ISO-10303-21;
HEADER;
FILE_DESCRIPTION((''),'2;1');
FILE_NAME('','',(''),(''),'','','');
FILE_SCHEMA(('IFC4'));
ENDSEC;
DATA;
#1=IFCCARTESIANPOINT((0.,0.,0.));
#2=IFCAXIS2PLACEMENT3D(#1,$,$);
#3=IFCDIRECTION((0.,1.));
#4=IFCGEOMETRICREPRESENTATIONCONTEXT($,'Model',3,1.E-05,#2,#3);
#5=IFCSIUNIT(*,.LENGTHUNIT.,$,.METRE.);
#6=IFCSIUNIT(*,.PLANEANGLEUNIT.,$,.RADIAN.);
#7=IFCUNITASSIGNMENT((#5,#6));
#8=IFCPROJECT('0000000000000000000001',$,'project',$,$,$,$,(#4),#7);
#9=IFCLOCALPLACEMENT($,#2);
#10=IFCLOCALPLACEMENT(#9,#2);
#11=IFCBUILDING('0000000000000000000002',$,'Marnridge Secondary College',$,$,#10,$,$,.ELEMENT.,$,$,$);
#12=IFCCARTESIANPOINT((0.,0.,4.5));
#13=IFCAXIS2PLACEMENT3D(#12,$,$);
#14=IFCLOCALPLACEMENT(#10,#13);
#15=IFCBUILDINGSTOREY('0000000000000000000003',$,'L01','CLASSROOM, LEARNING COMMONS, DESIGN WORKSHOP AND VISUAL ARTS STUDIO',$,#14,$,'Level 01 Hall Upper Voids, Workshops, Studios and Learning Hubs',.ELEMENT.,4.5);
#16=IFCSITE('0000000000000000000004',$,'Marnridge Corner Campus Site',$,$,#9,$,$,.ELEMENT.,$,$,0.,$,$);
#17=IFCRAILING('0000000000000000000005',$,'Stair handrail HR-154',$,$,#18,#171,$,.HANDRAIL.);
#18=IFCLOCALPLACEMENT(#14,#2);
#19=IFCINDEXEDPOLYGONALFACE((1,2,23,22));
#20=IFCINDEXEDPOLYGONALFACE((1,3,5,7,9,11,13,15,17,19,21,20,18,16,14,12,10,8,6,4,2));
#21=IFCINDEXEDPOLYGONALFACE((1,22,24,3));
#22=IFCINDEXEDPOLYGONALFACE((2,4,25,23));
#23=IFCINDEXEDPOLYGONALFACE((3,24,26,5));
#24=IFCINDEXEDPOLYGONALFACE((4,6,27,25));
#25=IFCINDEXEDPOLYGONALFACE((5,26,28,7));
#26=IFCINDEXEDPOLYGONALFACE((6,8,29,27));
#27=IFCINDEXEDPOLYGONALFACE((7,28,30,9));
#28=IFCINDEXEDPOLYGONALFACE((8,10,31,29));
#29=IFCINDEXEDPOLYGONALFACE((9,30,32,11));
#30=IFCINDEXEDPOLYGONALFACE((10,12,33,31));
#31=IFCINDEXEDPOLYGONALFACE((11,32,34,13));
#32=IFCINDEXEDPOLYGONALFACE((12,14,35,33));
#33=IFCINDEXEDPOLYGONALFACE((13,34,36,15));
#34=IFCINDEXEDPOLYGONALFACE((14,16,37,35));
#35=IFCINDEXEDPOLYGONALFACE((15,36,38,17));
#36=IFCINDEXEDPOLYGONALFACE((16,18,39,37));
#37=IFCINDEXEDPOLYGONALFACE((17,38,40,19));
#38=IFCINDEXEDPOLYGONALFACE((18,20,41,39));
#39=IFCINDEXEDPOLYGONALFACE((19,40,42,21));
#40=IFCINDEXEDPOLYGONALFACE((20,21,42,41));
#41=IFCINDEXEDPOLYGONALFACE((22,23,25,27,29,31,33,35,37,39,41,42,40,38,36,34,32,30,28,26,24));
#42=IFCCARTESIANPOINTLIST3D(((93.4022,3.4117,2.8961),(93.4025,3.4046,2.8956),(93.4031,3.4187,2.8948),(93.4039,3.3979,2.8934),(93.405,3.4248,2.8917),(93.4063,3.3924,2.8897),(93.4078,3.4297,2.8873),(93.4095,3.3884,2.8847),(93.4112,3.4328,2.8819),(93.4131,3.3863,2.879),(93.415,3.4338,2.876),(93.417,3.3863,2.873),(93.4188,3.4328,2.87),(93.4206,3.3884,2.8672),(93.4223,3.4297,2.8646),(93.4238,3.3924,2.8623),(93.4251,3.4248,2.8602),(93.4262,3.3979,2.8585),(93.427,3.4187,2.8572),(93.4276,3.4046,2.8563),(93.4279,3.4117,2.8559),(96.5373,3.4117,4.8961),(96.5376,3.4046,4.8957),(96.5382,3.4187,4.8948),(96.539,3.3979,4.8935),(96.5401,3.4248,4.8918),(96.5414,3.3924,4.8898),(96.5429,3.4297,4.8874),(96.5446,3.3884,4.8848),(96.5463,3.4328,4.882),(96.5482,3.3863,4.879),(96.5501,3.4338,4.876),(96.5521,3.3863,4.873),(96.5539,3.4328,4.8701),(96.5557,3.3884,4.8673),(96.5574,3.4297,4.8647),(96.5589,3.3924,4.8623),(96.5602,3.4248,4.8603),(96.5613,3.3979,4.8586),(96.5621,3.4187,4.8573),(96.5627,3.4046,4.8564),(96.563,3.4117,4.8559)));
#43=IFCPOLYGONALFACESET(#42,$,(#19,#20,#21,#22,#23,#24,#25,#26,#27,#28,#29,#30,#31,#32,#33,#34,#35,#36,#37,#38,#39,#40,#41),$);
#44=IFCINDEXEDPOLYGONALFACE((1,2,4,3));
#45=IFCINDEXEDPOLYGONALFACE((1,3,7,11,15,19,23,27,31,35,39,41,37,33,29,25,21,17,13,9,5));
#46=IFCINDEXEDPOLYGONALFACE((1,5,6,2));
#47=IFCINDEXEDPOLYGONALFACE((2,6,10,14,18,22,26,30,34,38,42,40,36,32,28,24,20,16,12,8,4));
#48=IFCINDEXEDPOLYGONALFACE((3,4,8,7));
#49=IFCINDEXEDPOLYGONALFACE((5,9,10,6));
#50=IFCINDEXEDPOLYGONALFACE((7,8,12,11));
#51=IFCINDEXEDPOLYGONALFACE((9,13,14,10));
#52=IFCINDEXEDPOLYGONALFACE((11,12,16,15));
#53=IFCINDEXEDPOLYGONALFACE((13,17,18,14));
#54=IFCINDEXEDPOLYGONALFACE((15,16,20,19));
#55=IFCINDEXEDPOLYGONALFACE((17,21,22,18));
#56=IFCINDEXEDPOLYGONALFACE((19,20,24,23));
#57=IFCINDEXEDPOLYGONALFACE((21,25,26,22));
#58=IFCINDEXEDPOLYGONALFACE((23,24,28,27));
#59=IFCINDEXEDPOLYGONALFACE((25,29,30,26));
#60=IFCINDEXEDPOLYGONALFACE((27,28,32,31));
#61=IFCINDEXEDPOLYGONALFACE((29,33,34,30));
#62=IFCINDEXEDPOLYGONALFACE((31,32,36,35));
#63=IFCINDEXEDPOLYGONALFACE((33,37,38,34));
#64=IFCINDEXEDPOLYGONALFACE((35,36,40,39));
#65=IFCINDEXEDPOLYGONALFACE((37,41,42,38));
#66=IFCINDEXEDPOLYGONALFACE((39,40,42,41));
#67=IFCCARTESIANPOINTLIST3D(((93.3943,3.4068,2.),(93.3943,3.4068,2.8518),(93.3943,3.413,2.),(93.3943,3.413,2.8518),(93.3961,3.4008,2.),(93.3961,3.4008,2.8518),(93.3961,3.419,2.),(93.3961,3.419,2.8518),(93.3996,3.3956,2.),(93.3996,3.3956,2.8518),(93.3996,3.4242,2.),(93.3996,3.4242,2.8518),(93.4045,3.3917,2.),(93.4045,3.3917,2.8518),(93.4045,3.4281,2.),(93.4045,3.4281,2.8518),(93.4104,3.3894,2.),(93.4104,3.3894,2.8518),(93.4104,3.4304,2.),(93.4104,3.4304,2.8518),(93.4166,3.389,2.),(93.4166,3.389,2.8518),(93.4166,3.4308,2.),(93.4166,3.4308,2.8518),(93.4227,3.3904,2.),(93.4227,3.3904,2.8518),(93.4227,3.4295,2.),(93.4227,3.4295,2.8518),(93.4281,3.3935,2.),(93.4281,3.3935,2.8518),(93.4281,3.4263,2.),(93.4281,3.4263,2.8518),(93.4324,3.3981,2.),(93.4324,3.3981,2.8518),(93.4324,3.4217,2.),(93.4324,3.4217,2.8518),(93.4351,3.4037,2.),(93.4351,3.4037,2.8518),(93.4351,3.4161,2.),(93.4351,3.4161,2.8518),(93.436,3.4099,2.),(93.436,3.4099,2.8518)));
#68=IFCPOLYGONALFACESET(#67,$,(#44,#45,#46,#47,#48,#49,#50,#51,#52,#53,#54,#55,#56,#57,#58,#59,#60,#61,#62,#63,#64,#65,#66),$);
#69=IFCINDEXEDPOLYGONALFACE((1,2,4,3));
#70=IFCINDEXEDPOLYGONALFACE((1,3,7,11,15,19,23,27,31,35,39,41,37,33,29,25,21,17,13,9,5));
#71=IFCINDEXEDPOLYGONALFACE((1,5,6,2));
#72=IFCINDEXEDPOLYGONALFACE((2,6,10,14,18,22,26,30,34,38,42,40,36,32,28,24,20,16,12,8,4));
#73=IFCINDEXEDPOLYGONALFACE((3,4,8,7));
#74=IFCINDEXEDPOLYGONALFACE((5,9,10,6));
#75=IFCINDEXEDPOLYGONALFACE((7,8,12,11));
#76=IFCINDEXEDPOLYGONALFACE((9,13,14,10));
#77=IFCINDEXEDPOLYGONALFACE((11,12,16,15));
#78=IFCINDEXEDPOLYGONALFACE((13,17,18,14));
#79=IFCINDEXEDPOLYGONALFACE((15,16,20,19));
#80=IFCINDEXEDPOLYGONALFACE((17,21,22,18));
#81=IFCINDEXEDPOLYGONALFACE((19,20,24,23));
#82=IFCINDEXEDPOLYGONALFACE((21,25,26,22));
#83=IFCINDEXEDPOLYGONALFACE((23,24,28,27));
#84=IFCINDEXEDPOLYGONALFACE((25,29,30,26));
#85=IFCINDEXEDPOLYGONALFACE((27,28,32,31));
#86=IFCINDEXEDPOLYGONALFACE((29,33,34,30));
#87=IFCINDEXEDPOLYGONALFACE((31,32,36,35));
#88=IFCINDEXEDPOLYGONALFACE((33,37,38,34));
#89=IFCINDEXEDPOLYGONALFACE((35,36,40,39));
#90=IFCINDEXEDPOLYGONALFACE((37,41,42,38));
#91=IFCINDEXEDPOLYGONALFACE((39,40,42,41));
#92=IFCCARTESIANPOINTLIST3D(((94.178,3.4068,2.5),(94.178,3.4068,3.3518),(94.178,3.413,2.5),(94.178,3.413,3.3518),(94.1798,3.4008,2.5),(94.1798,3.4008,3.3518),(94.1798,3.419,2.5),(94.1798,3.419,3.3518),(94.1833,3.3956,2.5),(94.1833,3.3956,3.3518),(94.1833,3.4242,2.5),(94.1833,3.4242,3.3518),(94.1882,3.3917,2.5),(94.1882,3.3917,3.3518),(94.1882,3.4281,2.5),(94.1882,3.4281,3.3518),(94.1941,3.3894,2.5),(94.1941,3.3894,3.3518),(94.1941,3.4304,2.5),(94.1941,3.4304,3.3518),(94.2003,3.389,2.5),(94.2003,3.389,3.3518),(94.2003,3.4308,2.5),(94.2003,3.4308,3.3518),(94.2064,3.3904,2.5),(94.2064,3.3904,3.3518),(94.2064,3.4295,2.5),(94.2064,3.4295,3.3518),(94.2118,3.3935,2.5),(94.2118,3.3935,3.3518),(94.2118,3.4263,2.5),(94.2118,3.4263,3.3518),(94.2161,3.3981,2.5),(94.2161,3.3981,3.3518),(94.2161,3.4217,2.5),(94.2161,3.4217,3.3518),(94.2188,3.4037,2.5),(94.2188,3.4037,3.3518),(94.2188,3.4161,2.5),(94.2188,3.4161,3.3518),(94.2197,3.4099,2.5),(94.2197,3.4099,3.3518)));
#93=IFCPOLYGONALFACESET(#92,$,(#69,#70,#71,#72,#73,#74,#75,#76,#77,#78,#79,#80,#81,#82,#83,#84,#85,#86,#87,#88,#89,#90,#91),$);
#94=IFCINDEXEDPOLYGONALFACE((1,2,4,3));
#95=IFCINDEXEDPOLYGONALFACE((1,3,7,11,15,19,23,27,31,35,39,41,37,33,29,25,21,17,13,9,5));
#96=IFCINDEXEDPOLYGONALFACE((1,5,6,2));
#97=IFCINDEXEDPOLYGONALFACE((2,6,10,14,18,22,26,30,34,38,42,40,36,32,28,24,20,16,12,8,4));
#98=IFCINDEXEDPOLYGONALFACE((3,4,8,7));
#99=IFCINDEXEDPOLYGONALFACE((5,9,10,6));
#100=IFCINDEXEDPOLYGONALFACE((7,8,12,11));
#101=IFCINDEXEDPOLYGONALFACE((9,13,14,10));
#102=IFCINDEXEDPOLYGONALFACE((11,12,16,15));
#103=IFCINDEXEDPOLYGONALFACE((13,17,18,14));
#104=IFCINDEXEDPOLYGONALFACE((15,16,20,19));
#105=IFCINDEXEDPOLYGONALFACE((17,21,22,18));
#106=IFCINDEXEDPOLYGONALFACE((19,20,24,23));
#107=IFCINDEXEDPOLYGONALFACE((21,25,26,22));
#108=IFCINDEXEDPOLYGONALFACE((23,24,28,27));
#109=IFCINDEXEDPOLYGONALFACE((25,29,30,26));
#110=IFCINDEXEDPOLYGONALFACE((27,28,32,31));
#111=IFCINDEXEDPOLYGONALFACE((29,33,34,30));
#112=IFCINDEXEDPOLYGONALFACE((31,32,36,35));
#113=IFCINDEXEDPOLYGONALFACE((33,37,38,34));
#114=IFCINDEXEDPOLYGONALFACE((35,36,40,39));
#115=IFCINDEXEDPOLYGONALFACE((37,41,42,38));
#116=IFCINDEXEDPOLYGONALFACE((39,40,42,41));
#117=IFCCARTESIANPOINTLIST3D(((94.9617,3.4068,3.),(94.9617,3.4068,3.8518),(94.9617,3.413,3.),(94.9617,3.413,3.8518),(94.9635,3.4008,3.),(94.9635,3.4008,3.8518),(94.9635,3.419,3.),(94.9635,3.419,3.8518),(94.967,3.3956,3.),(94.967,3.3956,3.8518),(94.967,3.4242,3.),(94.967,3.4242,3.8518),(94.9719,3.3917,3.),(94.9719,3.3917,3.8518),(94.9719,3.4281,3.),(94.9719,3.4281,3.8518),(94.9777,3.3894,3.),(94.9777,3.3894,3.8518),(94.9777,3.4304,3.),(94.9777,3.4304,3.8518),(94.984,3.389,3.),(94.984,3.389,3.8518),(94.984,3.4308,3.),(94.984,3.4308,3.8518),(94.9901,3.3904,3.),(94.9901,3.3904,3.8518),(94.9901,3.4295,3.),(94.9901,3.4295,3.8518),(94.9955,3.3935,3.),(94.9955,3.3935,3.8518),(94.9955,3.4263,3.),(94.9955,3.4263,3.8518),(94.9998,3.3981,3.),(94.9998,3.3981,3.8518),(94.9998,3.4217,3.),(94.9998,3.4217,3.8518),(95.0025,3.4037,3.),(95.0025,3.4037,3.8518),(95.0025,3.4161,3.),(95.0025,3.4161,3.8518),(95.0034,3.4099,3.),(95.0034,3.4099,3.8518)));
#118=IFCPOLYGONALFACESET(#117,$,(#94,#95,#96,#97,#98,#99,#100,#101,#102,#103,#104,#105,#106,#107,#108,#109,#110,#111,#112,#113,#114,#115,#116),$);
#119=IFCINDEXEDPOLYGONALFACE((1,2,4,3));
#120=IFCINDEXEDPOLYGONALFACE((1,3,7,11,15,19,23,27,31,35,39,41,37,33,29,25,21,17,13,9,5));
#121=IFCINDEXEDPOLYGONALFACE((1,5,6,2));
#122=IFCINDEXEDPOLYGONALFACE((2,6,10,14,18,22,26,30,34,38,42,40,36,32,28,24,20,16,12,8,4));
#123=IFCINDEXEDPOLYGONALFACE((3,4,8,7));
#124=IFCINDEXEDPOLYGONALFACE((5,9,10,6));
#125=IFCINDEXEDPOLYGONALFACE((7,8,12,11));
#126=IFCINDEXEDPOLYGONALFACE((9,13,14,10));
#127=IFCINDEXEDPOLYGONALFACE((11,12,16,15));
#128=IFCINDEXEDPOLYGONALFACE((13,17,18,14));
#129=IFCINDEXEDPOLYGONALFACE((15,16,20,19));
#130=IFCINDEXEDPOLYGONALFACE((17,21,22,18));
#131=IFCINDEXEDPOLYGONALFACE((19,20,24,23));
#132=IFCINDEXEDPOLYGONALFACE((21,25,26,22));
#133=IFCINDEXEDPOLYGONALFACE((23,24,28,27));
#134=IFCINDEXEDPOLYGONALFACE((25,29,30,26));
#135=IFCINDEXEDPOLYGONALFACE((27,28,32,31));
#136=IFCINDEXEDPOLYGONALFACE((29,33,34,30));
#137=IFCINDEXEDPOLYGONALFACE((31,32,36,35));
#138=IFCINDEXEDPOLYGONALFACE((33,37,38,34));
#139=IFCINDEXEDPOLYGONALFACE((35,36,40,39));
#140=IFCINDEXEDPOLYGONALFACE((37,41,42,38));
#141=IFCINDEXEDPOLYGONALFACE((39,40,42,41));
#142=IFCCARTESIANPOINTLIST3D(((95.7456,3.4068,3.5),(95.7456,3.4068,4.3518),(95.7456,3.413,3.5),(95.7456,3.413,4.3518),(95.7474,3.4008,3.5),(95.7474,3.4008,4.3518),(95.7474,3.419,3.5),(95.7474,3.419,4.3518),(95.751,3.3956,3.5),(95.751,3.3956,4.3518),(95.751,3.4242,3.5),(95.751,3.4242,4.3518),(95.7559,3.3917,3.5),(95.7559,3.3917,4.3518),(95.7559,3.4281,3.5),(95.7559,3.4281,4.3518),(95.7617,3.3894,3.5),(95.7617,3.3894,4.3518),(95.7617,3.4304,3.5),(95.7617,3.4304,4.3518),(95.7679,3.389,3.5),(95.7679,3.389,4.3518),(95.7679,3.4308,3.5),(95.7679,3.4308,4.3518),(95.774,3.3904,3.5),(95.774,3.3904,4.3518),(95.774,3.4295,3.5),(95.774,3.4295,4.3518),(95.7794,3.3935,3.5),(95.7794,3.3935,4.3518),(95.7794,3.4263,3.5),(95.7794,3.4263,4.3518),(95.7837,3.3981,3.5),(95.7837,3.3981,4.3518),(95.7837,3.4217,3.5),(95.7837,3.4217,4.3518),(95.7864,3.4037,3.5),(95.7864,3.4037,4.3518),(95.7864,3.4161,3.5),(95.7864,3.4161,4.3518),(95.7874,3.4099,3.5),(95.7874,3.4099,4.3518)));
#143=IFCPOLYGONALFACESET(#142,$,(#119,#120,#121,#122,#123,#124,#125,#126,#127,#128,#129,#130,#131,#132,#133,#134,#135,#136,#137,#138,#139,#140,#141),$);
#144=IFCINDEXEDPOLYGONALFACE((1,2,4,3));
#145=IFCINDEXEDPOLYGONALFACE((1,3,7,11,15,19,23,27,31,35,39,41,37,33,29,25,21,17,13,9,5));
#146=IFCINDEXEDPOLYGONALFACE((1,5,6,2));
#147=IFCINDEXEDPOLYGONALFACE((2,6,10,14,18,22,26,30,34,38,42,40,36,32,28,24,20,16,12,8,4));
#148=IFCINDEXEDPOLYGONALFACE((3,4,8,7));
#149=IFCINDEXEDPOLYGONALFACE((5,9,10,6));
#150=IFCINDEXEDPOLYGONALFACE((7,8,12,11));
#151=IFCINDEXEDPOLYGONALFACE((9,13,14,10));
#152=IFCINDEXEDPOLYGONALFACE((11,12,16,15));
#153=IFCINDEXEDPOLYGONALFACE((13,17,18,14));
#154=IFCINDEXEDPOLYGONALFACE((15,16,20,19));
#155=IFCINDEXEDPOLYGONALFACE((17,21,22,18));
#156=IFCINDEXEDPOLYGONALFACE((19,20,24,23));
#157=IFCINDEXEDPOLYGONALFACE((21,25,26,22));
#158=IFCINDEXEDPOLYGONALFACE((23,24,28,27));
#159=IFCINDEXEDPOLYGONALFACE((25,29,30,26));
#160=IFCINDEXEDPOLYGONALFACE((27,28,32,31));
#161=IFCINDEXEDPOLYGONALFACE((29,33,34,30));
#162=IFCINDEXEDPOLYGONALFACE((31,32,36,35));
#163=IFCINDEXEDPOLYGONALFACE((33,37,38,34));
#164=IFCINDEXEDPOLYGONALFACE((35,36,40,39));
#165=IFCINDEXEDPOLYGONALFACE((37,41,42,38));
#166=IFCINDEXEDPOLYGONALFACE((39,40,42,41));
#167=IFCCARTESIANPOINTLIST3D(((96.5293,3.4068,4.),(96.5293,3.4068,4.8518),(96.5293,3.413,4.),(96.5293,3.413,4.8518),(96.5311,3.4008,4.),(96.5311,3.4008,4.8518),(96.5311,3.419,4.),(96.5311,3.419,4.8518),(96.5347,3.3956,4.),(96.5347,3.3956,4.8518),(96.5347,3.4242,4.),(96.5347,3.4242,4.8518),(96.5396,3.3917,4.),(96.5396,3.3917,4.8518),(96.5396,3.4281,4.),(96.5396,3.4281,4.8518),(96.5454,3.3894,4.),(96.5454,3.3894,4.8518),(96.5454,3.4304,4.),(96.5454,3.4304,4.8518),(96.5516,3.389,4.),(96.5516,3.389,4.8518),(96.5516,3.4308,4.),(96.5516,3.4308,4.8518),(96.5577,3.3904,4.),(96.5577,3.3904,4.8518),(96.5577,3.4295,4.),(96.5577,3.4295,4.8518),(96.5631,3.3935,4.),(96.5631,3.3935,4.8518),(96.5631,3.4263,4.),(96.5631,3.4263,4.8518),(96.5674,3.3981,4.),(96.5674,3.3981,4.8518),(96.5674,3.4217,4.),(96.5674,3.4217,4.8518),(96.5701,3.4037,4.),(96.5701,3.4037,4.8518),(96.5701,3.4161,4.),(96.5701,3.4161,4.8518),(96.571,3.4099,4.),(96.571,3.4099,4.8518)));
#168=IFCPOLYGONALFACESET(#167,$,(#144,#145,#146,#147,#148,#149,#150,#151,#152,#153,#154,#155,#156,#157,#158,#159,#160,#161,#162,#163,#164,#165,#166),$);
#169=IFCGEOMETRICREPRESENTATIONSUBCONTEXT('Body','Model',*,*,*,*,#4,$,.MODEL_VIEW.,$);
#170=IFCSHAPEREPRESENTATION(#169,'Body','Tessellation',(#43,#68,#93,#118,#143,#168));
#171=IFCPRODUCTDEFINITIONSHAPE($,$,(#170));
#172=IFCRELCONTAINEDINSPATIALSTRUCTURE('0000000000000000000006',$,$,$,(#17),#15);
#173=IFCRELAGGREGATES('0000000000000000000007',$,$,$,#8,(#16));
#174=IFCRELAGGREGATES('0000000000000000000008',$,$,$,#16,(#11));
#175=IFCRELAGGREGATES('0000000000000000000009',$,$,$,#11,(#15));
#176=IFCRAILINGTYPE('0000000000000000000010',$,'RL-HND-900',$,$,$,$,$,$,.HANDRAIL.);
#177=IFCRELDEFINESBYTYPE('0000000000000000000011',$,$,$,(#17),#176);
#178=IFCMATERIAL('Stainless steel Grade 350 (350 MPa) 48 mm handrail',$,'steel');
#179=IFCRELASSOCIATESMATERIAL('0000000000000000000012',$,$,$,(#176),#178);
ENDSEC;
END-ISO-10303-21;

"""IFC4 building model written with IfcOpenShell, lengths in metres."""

from ifc_helpers import new_model, si_unit, direction, frame, origin, origin_2d, place, context, subcontext, project, spatial, circle, extrude, material, type_object, element, save


model = new_model("IFC4")

# Units and contexts
model_context = context("Model", 3, precision=1e-05, world=origin(), true_north=direction((0.0, 1.0)))
body_context = subcontext(model_context, "Body", "Model", "MODEL_VIEW")
ifc_project = project(units=[si_unit("LENGTHUNIT", "METRE"), si_unit("PLANEANGLEUNIT", "RADIAN")], contexts=[model_context])

# Site, building, storey
site_placement = place(None, origin())
site = spatial("IfcSite", under=ifc_project, at=site_placement, Name="Marnridge Corner Campus Site", CompositionType="ELEMENT", RefElevation=0.0)
building_placement = place(site_placement, origin())
building = spatial("IfcBuilding", under=site, at=building_placement, Name="Marnridge Secondary College", CompositionType="ELEMENT")
storey_placement = place(building_placement, frame((0.0, 0.0, 4.5)))
storey = spatial("IfcBuildingStorey", under=building, at=storey_placement, Name="L01", Description="CLASSROOM, LEARNING COMMONS, DESIGN WORKSHOP AND VISUAL ARTS STUDIO", LongName="Level 01 Hall Upper Voids, Workshops, Studios and Learning Hubs", CompositionType="ELEMENT", Elevation=4.5)

# Railing
ifc_material_1 = material(Name="Stainless steel Grade 350 (350 MPa) 48 mm handrail", Category="steel")
railing_type_1 = type_object("IfcRailingType", Name="RL-HND-900", PredefinedType="HANDRAIL", material=ifc_material_1)
for number, where, name in (
    (1, (93.415, 3.4099, 2.0), "Stair handrail HR-154"),
):
    element("IfcRailing", number, at=place(storey_placement, frame(where)), inside=storey, type_object=railing_type_1, Name=name, PredefinedType="HANDRAIL", context=body_context, shape_type="SweptSolid", body=[
        extrude(circle(Radius=0.0239, at=origin_2d()), frame((0.0, 0.0, 0.876), z_axis=(0.843053, 0.0, 0.537831), x_axis=(0.0, 1.0, 0.0)), (0.0, 0.0, 1.0), 3.7188),
        extrude(circle(Radius=0.021, at=origin_2d()), origin(), (0.0, 0.0, 1.0), 0.8518),
        extrude(circle(Radius=0.021, at=origin_2d()), frame((0.7837, 0.0, 0.5)), (0.0, 0.0, 1.0), 0.8518),
        extrude(circle(Radius=0.021, at=origin_2d()), frame((1.5674, 0.0, 1.0)), (0.0, 0.0, 1.0), 0.8518),
        extrude(circle(Radius=0.021, at=origin_2d()), frame((2.3513, 0.0, 1.5)), (0.0, 0.0, 1.0), 0.8518),
        extrude(circle(Radius=0.021, at=origin_2d()), frame((3.135, 0.0, 2.0)), (0.0, 0.0, 1.0), 0.8518),
    ])

save(model, "model.ifc")
